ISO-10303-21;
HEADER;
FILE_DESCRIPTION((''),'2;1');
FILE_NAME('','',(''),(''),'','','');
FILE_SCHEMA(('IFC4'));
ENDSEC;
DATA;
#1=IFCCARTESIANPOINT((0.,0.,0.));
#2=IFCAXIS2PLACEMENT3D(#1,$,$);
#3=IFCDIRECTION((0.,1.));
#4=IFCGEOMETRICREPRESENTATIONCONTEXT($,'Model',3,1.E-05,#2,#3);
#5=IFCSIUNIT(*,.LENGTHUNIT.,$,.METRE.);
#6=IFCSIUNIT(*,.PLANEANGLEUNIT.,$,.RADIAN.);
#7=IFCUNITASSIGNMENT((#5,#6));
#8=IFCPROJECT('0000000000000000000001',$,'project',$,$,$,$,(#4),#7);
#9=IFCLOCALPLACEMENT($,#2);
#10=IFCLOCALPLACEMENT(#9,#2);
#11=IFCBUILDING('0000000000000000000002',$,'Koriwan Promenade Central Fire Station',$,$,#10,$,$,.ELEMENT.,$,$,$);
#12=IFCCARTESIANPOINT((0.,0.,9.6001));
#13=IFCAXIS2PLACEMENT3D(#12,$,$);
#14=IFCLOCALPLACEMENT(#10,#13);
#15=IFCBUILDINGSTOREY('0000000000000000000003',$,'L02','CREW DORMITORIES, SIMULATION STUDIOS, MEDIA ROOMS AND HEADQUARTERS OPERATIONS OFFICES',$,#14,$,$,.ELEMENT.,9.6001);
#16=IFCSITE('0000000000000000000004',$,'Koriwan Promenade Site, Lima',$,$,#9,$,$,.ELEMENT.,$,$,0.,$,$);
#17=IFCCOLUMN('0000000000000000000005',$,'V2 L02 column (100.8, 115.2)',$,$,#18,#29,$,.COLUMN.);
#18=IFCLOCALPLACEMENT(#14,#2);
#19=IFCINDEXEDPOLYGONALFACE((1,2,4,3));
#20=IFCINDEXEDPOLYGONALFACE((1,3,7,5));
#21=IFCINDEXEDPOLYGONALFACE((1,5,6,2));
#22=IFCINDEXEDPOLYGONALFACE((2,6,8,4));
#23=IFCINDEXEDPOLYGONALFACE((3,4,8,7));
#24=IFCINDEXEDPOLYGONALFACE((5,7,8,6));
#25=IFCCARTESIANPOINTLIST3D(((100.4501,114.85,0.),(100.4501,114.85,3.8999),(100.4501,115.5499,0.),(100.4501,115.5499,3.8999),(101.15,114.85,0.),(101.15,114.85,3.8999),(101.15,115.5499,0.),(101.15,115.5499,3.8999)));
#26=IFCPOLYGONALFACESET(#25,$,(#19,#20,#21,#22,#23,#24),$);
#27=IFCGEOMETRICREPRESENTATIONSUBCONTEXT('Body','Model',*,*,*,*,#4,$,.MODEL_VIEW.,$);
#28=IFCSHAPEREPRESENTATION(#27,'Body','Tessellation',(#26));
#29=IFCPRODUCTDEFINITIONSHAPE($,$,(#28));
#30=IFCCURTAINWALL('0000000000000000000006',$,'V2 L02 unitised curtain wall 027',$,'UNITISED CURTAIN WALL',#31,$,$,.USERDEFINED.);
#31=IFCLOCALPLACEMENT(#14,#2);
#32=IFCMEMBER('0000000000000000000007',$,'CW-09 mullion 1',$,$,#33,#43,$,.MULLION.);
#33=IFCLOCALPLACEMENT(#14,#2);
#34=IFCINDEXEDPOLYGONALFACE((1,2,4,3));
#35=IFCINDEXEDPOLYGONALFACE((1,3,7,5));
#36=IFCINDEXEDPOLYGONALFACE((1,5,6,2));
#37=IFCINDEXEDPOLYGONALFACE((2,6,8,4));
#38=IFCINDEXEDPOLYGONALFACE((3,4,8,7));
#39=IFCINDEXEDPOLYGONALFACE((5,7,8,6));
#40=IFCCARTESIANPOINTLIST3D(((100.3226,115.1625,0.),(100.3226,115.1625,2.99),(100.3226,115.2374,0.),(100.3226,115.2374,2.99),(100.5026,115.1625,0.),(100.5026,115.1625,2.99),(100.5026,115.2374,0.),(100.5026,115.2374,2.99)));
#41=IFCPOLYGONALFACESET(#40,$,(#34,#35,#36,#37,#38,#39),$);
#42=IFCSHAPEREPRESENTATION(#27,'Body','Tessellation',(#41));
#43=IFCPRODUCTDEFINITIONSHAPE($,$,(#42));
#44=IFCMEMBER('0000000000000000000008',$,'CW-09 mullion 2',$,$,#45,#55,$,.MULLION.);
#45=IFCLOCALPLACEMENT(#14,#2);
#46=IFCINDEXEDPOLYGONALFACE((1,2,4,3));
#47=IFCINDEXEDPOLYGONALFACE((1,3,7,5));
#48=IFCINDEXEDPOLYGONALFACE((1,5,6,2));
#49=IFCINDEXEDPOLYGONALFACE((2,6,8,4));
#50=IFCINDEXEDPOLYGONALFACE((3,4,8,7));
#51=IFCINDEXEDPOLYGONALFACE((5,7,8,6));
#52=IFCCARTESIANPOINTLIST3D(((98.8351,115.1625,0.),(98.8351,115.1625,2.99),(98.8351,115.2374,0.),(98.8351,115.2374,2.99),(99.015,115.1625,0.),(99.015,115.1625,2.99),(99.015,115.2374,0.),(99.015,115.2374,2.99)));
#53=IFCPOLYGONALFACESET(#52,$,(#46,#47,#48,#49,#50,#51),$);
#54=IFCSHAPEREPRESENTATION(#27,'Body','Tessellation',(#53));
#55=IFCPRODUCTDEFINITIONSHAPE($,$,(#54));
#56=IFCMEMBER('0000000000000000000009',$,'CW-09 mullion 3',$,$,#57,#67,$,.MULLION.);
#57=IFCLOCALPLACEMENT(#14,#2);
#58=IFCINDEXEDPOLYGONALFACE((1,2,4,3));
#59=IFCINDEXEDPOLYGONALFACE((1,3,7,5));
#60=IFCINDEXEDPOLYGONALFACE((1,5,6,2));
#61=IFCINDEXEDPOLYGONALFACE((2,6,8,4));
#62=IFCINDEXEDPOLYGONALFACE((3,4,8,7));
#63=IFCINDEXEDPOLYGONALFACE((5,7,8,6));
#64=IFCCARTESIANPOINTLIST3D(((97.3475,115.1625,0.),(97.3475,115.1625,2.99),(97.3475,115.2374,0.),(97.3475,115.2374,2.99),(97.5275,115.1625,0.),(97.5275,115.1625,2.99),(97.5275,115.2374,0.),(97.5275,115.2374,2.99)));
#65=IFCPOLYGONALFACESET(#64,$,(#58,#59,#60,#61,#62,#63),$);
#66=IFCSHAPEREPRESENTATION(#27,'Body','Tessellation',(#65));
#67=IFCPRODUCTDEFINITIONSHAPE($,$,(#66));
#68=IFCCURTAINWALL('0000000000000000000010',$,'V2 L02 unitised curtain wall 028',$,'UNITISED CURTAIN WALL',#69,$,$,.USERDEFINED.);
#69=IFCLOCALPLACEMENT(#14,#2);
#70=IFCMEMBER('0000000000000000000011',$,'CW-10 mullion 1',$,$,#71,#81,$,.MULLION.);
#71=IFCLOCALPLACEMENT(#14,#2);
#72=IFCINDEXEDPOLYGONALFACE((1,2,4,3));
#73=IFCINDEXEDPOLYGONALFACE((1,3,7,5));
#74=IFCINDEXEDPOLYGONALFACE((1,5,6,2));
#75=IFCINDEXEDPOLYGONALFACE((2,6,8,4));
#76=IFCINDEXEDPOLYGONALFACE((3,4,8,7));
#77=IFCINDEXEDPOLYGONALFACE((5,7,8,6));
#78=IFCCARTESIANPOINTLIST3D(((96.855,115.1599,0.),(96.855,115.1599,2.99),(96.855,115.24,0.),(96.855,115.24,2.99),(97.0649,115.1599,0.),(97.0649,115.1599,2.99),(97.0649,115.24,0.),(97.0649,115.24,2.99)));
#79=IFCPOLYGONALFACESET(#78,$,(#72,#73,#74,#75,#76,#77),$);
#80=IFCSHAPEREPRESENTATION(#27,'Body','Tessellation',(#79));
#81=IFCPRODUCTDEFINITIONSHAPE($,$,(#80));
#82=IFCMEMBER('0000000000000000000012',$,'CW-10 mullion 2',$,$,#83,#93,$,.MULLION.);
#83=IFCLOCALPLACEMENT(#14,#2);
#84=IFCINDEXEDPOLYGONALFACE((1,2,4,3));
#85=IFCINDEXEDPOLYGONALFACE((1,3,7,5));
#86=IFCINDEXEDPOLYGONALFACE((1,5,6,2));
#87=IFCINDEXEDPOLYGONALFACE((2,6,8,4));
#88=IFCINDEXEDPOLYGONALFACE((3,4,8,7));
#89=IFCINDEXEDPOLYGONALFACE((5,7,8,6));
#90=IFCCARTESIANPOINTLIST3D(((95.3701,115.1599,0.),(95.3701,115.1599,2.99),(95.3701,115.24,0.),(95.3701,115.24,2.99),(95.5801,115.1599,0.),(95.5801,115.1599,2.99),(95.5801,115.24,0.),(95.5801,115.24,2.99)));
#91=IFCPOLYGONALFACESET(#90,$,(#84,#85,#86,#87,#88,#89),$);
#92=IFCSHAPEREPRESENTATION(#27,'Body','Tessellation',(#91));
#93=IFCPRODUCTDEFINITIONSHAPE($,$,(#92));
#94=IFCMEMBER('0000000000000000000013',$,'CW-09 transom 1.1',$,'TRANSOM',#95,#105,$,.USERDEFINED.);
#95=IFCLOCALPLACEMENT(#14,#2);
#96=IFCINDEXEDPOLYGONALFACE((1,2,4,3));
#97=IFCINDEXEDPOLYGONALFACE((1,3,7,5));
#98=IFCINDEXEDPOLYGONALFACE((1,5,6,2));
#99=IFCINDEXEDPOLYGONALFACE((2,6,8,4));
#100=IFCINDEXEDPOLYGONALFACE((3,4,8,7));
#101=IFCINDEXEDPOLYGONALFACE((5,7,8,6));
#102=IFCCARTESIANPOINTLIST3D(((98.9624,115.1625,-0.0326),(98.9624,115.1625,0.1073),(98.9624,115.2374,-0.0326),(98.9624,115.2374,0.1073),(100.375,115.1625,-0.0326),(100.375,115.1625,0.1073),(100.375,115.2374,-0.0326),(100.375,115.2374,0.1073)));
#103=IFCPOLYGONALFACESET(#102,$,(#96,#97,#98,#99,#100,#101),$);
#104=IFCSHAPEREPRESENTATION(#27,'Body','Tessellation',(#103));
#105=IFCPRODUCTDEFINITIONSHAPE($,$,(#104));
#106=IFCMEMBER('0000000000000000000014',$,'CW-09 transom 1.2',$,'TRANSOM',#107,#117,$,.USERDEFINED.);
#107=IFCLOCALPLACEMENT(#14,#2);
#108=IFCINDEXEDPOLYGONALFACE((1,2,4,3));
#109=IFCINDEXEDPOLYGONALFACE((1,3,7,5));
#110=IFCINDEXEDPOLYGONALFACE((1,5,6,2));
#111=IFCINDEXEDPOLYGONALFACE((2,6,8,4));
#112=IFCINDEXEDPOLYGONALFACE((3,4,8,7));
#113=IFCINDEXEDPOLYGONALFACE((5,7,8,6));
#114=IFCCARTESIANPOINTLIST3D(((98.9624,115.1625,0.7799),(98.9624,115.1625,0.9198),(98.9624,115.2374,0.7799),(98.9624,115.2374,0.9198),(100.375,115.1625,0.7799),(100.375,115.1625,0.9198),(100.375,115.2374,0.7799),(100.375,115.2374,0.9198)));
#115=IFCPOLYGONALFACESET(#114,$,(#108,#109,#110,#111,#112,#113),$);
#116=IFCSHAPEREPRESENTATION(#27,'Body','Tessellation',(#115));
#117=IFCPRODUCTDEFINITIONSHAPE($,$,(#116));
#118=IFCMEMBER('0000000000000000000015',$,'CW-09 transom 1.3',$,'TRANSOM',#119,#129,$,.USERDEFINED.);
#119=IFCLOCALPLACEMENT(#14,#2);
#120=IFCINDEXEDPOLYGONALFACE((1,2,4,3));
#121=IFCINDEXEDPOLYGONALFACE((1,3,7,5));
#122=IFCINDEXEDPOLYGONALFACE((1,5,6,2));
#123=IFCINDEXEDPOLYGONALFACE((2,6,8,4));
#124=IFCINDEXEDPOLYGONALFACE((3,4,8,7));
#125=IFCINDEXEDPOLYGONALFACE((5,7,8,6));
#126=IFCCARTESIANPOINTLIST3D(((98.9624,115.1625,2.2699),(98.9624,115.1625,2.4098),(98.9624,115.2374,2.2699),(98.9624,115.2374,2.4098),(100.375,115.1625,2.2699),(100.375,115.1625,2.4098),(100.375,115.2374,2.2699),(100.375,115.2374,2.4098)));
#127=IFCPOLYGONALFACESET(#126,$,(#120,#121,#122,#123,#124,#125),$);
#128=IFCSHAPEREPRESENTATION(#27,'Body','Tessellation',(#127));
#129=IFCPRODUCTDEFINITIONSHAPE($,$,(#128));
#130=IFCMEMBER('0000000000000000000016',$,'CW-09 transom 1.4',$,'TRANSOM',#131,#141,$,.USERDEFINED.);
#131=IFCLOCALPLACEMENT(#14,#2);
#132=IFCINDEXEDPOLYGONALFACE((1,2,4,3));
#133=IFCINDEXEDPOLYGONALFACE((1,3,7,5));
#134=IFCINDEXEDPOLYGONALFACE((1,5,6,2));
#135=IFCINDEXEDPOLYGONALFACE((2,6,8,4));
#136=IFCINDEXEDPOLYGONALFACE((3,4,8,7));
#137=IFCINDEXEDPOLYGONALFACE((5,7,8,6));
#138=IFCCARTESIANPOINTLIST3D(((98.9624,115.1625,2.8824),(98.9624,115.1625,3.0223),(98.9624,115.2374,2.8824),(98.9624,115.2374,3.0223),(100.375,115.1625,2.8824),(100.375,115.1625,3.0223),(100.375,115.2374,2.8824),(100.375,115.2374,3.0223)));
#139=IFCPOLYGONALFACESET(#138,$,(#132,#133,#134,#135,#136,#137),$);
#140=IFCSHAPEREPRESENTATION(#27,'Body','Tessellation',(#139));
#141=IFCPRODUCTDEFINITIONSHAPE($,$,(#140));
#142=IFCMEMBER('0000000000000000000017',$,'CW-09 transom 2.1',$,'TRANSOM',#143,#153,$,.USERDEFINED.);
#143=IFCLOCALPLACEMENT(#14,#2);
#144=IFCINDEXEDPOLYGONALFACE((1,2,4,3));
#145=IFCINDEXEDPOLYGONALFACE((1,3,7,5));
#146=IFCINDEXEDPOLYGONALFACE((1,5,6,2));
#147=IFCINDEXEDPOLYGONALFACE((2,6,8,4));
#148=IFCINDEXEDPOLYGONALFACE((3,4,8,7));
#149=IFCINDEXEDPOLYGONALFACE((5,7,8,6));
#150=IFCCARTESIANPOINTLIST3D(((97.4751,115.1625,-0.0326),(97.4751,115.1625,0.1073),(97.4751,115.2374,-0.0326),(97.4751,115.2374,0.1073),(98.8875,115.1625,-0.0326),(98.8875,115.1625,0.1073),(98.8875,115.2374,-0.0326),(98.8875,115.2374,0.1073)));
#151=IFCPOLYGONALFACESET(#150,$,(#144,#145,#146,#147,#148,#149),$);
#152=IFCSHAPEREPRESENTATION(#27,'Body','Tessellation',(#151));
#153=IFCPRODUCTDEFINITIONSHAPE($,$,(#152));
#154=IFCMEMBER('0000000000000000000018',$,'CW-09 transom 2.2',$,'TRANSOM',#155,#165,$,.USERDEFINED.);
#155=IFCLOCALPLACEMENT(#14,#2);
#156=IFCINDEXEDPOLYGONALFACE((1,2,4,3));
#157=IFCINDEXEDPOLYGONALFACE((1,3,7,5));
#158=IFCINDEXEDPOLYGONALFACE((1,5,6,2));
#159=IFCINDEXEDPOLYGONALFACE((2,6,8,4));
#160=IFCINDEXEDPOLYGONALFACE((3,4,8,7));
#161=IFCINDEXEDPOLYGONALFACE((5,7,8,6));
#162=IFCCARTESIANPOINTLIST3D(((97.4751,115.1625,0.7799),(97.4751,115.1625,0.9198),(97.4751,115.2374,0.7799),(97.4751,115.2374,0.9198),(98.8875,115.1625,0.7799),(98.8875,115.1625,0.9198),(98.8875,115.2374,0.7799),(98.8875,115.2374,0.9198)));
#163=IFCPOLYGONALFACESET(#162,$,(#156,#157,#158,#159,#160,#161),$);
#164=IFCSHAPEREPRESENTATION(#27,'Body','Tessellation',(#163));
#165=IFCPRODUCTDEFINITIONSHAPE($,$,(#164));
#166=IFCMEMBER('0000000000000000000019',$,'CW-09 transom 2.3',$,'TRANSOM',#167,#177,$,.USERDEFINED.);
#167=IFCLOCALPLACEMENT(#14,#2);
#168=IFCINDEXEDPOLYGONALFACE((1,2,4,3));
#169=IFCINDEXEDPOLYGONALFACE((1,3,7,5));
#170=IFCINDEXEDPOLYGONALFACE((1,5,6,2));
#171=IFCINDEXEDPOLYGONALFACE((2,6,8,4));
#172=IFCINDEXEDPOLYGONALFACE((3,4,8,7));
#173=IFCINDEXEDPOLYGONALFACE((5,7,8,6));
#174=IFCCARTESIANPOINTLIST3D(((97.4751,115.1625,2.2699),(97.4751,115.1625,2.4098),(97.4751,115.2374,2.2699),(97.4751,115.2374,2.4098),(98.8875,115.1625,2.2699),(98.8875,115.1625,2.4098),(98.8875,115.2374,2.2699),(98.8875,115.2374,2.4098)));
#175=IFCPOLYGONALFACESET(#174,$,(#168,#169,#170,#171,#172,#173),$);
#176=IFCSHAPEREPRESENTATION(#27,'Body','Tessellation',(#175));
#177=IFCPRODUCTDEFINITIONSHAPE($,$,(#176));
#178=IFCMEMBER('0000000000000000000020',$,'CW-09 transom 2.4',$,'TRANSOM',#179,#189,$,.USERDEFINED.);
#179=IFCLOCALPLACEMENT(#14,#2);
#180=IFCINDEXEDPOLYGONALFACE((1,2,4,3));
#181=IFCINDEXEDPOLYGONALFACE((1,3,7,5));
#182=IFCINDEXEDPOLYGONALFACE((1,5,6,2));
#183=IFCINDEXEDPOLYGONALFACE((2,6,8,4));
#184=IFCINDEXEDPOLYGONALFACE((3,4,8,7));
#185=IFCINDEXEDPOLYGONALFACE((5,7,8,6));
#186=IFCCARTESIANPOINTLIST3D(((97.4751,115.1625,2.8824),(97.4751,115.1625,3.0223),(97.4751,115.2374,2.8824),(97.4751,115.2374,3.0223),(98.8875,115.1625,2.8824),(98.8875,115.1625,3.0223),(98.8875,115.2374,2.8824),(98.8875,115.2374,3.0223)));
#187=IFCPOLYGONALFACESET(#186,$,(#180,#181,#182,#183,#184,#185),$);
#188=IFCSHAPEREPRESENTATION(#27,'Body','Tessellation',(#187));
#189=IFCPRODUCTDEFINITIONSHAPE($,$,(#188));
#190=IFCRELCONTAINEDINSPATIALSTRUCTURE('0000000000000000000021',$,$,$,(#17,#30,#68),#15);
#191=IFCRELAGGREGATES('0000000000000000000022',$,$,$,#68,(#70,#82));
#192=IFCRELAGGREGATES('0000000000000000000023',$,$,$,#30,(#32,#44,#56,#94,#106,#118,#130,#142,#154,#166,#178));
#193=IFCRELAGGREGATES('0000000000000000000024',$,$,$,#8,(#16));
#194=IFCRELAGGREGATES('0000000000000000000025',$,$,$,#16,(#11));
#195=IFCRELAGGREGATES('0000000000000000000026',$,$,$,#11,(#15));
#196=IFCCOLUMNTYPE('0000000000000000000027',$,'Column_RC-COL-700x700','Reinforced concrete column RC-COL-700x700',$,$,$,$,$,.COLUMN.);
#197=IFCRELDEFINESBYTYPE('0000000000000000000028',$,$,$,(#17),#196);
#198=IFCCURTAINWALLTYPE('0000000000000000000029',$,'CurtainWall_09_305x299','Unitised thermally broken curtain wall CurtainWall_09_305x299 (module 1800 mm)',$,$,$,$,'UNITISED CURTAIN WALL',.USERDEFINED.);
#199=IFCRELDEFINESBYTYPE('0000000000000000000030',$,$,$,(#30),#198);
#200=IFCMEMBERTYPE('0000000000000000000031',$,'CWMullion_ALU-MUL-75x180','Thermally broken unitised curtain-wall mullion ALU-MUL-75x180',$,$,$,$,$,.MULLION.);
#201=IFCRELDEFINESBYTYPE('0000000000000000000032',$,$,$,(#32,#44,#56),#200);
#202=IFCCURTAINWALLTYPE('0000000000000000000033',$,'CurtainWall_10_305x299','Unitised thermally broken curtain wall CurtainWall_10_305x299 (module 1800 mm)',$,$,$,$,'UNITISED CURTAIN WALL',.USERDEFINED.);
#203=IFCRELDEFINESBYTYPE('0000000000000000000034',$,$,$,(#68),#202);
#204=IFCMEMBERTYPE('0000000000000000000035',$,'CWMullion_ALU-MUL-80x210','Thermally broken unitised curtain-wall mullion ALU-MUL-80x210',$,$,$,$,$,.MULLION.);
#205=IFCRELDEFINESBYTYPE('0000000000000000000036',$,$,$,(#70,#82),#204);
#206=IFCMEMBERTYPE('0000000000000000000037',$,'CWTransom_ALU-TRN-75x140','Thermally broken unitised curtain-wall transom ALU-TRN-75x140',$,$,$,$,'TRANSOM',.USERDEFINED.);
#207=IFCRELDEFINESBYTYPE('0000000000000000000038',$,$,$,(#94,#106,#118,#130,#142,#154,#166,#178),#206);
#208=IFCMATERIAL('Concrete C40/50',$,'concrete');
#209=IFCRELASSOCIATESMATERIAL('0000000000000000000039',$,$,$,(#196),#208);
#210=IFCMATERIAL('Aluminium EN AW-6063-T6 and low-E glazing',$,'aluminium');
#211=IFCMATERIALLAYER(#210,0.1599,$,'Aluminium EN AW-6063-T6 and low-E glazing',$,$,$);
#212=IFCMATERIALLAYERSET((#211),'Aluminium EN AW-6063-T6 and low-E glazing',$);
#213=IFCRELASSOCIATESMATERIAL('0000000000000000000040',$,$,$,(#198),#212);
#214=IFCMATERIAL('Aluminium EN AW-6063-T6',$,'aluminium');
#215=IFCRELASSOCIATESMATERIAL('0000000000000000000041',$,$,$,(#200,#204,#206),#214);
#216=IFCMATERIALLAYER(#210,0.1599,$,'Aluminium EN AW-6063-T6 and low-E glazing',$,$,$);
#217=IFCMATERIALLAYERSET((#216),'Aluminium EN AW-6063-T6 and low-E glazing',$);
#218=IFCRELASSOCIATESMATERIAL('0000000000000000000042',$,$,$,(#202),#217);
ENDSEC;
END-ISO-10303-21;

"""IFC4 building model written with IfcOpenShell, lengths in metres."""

from ifc_helpers import new_model, si_unit, direction, frame, origin, origin_2d, place, context, subcontext, project, spatial, rectangle, extrude, material, layer, layer_set, material_profile, profile_set, type_object, element, aggregate, save


model = new_model("IFC4")

# Units and contexts
model_context = context("Model", 3, precision=1e-05, world=origin(), true_north=direction((0.0, 1.0)))
body_context = subcontext(model_context, "Body", "Model", "MODEL_VIEW")
ifc_project = project(units=[si_unit("LENGTHUNIT", "METRE"), si_unit("PLANEANGLEUNIT", "RADIAN")], contexts=[model_context])

# Site, building, storey
site_placement = place(None, origin())
site = spatial("IfcSite", under=ifc_project, at=site_placement, Name="Koriwan Promenade Site, Lima", CompositionType="ELEMENT", RefElevation=0.0)
building_placement = place(site_placement, origin())
building = spatial("IfcBuilding", under=site, at=building_placement, Name="Koriwan Promenade Central Fire Station", CompositionType="ELEMENT")
storey_placement = place(building_placement, frame((0.0, 0.0, 9.6001)))
storey = spatial("IfcBuildingStorey", under=building, at=storey_placement, Name="L02", Description="CREW DORMITORIES, SIMULATION STUDIOS, MEDIA ROOMS AND HEADQUARTERS OPERATIONS OFFICES", CompositionType="ELEMENT", Elevation=9.6001)

# Column
ifc_material_1 = material(Name="Concrete C40/50", Category="concrete")
ifc_material_profile_1 = material_profile(ifc_material_1, rectangle(XDim=0.7, YDim=0.7, at=origin_2d()), Name="RC-COL-700x700")
ifc_profile_set_1 = profile_set([ifc_material_profile_1], Name="Concrete C40/50")
column_type = type_object("IfcColumnType", Name="Column_RC-COL-700x700", Description="Reinforced concrete column RC-COL-700x700", PredefinedType="COLUMN", material=ifc_profile_set_1)
column_placement = place(storey_placement, frame((100.8, 115.2, 0.0), z_axis=(0.0, 0.0, 1.0), x_axis=(1.0, 0.0, 0.0)))
element("IfcColumn", 1, at=column_placement, inside=storey, type_object=column_type, Name="V2 L02 column (100.8, 115.2)", PredefinedType="COLUMN", context=body_context, shape_type="SweptSolid", body=[
    extrude(rectangle(XDim=0.7, YDim=0.7, at=origin_2d()), origin(), (0.0, 0.0, 1.0), 3.8999),
])

# Curtain walls, members
ifc_material_2 = material(Name="Aluminium EN AW-6063-T6 and low-E glazing", Category="aluminium")
ifc_layer_1 = layer(ifc_material_2, 0.1599, Name="Aluminium EN AW-6063-T6 and low-E glazing")
ifc_layer_set_1 = layer_set([ifc_layer_1], Name="Aluminium EN AW-6063-T6 and low-E glazing")
curtain_wall_type_1 = type_object("IfcCurtainWallType", Name="CurtainWall_09_305x299", Description="Unitised thermally broken curtain wall CurtainWall_09_305x299 (module 1800 mm)", ElementType="UNITISED CURTAIN WALL", PredefinedType="USERDEFINED", material=ifc_layer_set_1)
curtain_wall_1_placement = place(storey_placement, origin())
curtain_wall_1 = element("IfcCurtainWall", 2, at=curtain_wall_1_placement, inside=storey, type_object=curtain_wall_type_1, Name="V2 L02 unitised curtain wall 027", ObjectType="UNITISED CURTAIN WALL", PredefinedType="USERDEFINED")
ifc_material_3 = material(Name="Aluminium EN AW-6063-T6", Category="aluminium")
ifc_material_profile_2 = material_profile(ifc_material_3, rectangle(XDim=0.075, YDim=0.1799, at=origin_2d()), Name="ALU-MUL-75x180")
ifc_profile_set_2 = profile_set([ifc_material_profile_2], Name="Aluminium EN AW-6063-T6")
member_type_1 = type_object("IfcMemberType", Name="CWMullion_ALU-MUL-75x180", Description="Thermally broken unitised curtain-wall mullion ALU-MUL-75x180", PredefinedType="MULLION", material=ifc_profile_set_2)
member_1_placement = place(storey_placement, frame((100.4126, 115.2, 0.0), z_axis=(0.0, 0.0, 1.0), x_axis=(0.0, -1.0, 0.0)))
member_1 = element("IfcMember", 3, at=member_1_placement, type_object=member_type_1, Name="CW-09 mullion 1", PredefinedType="MULLION", context=body_context, shape_type="SweptSolid", body=[
    extrude(rectangle(XDim=0.075, YDim=0.1799, at=origin_2d()), origin(), (0.0, 0.0, 1.0), 2.99),
])
member_2_placement = place(storey_placement, frame((98.925, 115.2, 0.0), z_axis=(0.0, 0.0, 1.0), x_axis=(0.0, -1.0, 0.0)))
member_2 = element("IfcMember", 4, at=member_2_placement, type_object=member_type_1, Name="CW-09 mullion 2", PredefinedType="MULLION", context=body_context, shape_type="SweptSolid", body=[
    extrude(rectangle(XDim=0.075, YDim=0.1799, at=origin_2d()), origin(), (0.0, 0.0, 1.0), 2.99),
])
member_3_placement = place(storey_placement, frame((97.4375, 115.2, 0.0), z_axis=(0.0, 0.0, 1.0), x_axis=(0.0, -1.0, 0.0)))
member_3 = element("IfcMember", 5, at=member_3_placement, type_object=member_type_1, Name="CW-09 mullion 3", PredefinedType="MULLION", context=body_context, shape_type="SweptSolid", body=[
    extrude(rectangle(XDim=0.075, YDim=0.1799, at=origin_2d()), origin(), (0.0, 0.0, 1.0), 2.99),
])
ifc_layer_2 = layer(ifc_material_2, 0.1599, Name="Aluminium EN AW-6063-T6 and low-E glazing")
ifc_layer_set_2 = layer_set([ifc_layer_2], Name="Aluminium EN AW-6063-T6 and low-E glazing")
curtain_wall_type_2 = type_object("IfcCurtainWallType", Name="CurtainWall_10_305x299", Description="Unitised thermally broken curtain wall CurtainWall_10_305x299 (module 1800 mm)", ElementType="UNITISED CURTAIN WALL", PredefinedType="USERDEFINED", material=ifc_layer_set_2)
curtain_wall_2_placement = place(storey_placement, origin())
curtain_wall_2 = element("IfcCurtainWall", 6, at=curtain_wall_2_placement, inside=storey, type_object=curtain_wall_type_2, Name="V2 L02 unitised curtain wall 028", ObjectType="UNITISED CURTAIN WALL", PredefinedType="USERDEFINED")
ifc_material_profile_3 = material_profile(ifc_material_3, rectangle(XDim=0.0801, YDim=0.21, at=origin_2d()), Name="ALU-MUL-80x210")
ifc_profile_set_3 = profile_set([ifc_material_profile_3], Name="Aluminium EN AW-6063-T6")
member_type_2 = type_object("IfcMemberType", Name="CWMullion_ALU-MUL-80x210", Description="Thermally broken unitised curtain-wall mullion ALU-MUL-80x210", PredefinedType="MULLION", material=ifc_profile_set_3)
member_4_placement = place(storey_placement, frame((96.96, 115.2, 0.0), z_axis=(0.0, 0.0, 1.0), x_axis=(0.0, -1.0, 0.0)))
member_4 = element("IfcMember", 7, at=member_4_placement, type_object=member_type_2, Name="CW-10 mullion 1", PredefinedType="MULLION", context=body_context, shape_type="SweptSolid", body=[
    extrude(rectangle(XDim=0.0801, YDim=0.21, at=origin_2d()), origin(), (0.0, 0.0, 1.0), 2.99),
])
member_5_placement = place(storey_placement, frame((95.4751, 115.2, 0.0), z_axis=(0.0, 0.0, 1.0), x_axis=(0.0, -1.0, 0.0)))
member_5 = element("IfcMember", 8, at=member_5_placement, type_object=member_type_2, Name="CW-10 mullion 2", PredefinedType="MULLION", context=body_context, shape_type="SweptSolid", body=[
    extrude(rectangle(XDim=0.0801, YDim=0.21, at=origin_2d()), origin(), (0.0, 0.0, 1.0), 2.99),
])

# Members
ifc_material_profile_4 = material_profile(ifc_material_3, rectangle(XDim=0.075, YDim=0.1399, at=origin_2d()), Name="ALU-TRN-75x140")
ifc_profile_set_4 = profile_set([ifc_material_profile_4], Name="Aluminium EN AW-6063-T6")
member_type_3 = type_object("IfcMemberType", Name="CWTransom_ALU-TRN-75x140", Description="Thermally broken unitised curtain-wall transom ALU-TRN-75x140", ElementType="TRANSOM", PredefinedType="USERDEFINED", material=ifc_profile_set_4)
member_6_placement = place(storey_placement, frame((100.375, 115.2, 0.0374), z_axis=(-1.0, 0.0, 0.0), x_axis=(0.0, -1.0, 0.0)))
member_6 = element("IfcMember", 9, at=member_6_placement, type_object=member_type_3, Name="CW-09 transom 1.1", ObjectType="TRANSOM", PredefinedType="USERDEFINED", context=body_context, shape_type="SweptSolid", body=[
    extrude(rectangle(XDim=0.075, YDim=0.1399, at=origin_2d()), origin(), (0.0, 0.0, 1.0), 1.4126),
])
member_7_placement = place(storey_placement, frame((100.375, 115.2, 0.8499), z_axis=(-1.0, 0.0, 0.0), x_axis=(0.0, -1.0, 0.0)))
member_7 = element("IfcMember", 10, at=member_7_placement, type_object=member_type_3, Name="CW-09 transom 1.2", ObjectType="TRANSOM", PredefinedType="USERDEFINED", context=body_context, shape_type="SweptSolid", body=[
    extrude(rectangle(XDim=0.075, YDim=0.1399, at=origin_2d()), origin(), (0.0, 0.0, 1.0), 1.4126),
])
member_8_placement = place(storey_placement, frame((100.375, 115.2, 2.3398), z_axis=(-1.0, 0.0, 0.0), x_axis=(0.0, -1.0, 0.0)))
member_8 = element("IfcMember", 11, at=member_8_placement, type_object=member_type_3, Name="CW-09 transom 1.3", ObjectType="TRANSOM", PredefinedType="USERDEFINED", context=body_context, shape_type="SweptSolid", body=[
    extrude(rectangle(XDim=0.075, YDim=0.1399, at=origin_2d()), origin(), (0.0, 0.0, 1.0), 1.4126),
])
member_9_placement = place(storey_placement, frame((100.375, 115.2, 2.9524), z_axis=(-1.0, 0.0, 0.0), x_axis=(0.0, -1.0, 0.0)))
member_9 = element("IfcMember", 12, at=member_9_placement, type_object=member_type_3, Name="CW-09 transom 1.4", ObjectType="TRANSOM", PredefinedType="USERDEFINED", context=body_context, shape_type="SweptSolid", body=[
    extrude(rectangle(XDim=0.075, YDim=0.1399, at=origin_2d()), origin(), (0.0, 0.0, 1.0), 1.4126),
])
member_10_placement = place(storey_placement, frame((98.8875, 115.2, 0.0374), z_axis=(-1.0, 0.0, 0.0), x_axis=(0.0, -1.0, 0.0)))
member_10 = element("IfcMember", 13, at=member_10_placement, type_object=member_type_3, Name="CW-09 transom 2.1", ObjectType="TRANSOM", PredefinedType="USERDEFINED", context=body_context, shape_type="SweptSolid", body=[
    extrude(rectangle(XDim=0.075, YDim=0.1399, at=origin_2d()), origin(), (0.0, 0.0, 1.0), 1.4124),
])
member_11_placement = place(storey_placement, frame((98.8875, 115.2, 0.8499), z_axis=(-1.0, 0.0, 0.0), x_axis=(0.0, -1.0, 0.0)))
member_11 = element("IfcMember", 14, at=member_11_placement, type_object=member_type_3, Name="CW-09 transom 2.2", ObjectType="TRANSOM", PredefinedType="USERDEFINED", context=body_context, shape_type="SweptSolid", body=[
    extrude(rectangle(XDim=0.075, YDim=0.1399, at=origin_2d()), origin(), (0.0, 0.0, 1.0), 1.4124),
])
member_12_placement = place(storey_placement, frame((98.8875, 115.2, 2.3398), z_axis=(-1.0, 0.0, 0.0), x_axis=(0.0, -1.0, 0.0)))
member_12 = element("IfcMember", 15, at=member_12_placement, type_object=member_type_3, Name="CW-09 transom 2.3", ObjectType="TRANSOM", PredefinedType="USERDEFINED", context=body_context, shape_type="SweptSolid", body=[
    extrude(rectangle(XDim=0.075, YDim=0.1399, at=origin_2d()), origin(), (0.0, 0.0, 1.0), 1.4124),
])
member_13_placement = place(storey_placement, frame((98.8875, 115.2, 2.9524), z_axis=(-1.0, 0.0, 0.0), x_axis=(0.0, -1.0, 0.0)))
member_13 = element("IfcMember", 16, at=member_13_placement, type_object=member_type_3, Name="CW-09 transom 2.4", ObjectType="TRANSOM", PredefinedType="USERDEFINED", context=body_context, shape_type="SweptSolid", body=[
    extrude(rectangle(XDim=0.075, YDim=0.1399, at=origin_2d()), origin(), (0.0, 0.0, 1.0), 1.4124),
])

aggregate(curtain_wall_2, [member_4, member_5])
aggregate(curtain_wall_1, [member_1, member_2, member_3, member_6, member_7, member_8, member_9, member_10, member_11, member_12, member_13])

save(model, "model.ifc")
